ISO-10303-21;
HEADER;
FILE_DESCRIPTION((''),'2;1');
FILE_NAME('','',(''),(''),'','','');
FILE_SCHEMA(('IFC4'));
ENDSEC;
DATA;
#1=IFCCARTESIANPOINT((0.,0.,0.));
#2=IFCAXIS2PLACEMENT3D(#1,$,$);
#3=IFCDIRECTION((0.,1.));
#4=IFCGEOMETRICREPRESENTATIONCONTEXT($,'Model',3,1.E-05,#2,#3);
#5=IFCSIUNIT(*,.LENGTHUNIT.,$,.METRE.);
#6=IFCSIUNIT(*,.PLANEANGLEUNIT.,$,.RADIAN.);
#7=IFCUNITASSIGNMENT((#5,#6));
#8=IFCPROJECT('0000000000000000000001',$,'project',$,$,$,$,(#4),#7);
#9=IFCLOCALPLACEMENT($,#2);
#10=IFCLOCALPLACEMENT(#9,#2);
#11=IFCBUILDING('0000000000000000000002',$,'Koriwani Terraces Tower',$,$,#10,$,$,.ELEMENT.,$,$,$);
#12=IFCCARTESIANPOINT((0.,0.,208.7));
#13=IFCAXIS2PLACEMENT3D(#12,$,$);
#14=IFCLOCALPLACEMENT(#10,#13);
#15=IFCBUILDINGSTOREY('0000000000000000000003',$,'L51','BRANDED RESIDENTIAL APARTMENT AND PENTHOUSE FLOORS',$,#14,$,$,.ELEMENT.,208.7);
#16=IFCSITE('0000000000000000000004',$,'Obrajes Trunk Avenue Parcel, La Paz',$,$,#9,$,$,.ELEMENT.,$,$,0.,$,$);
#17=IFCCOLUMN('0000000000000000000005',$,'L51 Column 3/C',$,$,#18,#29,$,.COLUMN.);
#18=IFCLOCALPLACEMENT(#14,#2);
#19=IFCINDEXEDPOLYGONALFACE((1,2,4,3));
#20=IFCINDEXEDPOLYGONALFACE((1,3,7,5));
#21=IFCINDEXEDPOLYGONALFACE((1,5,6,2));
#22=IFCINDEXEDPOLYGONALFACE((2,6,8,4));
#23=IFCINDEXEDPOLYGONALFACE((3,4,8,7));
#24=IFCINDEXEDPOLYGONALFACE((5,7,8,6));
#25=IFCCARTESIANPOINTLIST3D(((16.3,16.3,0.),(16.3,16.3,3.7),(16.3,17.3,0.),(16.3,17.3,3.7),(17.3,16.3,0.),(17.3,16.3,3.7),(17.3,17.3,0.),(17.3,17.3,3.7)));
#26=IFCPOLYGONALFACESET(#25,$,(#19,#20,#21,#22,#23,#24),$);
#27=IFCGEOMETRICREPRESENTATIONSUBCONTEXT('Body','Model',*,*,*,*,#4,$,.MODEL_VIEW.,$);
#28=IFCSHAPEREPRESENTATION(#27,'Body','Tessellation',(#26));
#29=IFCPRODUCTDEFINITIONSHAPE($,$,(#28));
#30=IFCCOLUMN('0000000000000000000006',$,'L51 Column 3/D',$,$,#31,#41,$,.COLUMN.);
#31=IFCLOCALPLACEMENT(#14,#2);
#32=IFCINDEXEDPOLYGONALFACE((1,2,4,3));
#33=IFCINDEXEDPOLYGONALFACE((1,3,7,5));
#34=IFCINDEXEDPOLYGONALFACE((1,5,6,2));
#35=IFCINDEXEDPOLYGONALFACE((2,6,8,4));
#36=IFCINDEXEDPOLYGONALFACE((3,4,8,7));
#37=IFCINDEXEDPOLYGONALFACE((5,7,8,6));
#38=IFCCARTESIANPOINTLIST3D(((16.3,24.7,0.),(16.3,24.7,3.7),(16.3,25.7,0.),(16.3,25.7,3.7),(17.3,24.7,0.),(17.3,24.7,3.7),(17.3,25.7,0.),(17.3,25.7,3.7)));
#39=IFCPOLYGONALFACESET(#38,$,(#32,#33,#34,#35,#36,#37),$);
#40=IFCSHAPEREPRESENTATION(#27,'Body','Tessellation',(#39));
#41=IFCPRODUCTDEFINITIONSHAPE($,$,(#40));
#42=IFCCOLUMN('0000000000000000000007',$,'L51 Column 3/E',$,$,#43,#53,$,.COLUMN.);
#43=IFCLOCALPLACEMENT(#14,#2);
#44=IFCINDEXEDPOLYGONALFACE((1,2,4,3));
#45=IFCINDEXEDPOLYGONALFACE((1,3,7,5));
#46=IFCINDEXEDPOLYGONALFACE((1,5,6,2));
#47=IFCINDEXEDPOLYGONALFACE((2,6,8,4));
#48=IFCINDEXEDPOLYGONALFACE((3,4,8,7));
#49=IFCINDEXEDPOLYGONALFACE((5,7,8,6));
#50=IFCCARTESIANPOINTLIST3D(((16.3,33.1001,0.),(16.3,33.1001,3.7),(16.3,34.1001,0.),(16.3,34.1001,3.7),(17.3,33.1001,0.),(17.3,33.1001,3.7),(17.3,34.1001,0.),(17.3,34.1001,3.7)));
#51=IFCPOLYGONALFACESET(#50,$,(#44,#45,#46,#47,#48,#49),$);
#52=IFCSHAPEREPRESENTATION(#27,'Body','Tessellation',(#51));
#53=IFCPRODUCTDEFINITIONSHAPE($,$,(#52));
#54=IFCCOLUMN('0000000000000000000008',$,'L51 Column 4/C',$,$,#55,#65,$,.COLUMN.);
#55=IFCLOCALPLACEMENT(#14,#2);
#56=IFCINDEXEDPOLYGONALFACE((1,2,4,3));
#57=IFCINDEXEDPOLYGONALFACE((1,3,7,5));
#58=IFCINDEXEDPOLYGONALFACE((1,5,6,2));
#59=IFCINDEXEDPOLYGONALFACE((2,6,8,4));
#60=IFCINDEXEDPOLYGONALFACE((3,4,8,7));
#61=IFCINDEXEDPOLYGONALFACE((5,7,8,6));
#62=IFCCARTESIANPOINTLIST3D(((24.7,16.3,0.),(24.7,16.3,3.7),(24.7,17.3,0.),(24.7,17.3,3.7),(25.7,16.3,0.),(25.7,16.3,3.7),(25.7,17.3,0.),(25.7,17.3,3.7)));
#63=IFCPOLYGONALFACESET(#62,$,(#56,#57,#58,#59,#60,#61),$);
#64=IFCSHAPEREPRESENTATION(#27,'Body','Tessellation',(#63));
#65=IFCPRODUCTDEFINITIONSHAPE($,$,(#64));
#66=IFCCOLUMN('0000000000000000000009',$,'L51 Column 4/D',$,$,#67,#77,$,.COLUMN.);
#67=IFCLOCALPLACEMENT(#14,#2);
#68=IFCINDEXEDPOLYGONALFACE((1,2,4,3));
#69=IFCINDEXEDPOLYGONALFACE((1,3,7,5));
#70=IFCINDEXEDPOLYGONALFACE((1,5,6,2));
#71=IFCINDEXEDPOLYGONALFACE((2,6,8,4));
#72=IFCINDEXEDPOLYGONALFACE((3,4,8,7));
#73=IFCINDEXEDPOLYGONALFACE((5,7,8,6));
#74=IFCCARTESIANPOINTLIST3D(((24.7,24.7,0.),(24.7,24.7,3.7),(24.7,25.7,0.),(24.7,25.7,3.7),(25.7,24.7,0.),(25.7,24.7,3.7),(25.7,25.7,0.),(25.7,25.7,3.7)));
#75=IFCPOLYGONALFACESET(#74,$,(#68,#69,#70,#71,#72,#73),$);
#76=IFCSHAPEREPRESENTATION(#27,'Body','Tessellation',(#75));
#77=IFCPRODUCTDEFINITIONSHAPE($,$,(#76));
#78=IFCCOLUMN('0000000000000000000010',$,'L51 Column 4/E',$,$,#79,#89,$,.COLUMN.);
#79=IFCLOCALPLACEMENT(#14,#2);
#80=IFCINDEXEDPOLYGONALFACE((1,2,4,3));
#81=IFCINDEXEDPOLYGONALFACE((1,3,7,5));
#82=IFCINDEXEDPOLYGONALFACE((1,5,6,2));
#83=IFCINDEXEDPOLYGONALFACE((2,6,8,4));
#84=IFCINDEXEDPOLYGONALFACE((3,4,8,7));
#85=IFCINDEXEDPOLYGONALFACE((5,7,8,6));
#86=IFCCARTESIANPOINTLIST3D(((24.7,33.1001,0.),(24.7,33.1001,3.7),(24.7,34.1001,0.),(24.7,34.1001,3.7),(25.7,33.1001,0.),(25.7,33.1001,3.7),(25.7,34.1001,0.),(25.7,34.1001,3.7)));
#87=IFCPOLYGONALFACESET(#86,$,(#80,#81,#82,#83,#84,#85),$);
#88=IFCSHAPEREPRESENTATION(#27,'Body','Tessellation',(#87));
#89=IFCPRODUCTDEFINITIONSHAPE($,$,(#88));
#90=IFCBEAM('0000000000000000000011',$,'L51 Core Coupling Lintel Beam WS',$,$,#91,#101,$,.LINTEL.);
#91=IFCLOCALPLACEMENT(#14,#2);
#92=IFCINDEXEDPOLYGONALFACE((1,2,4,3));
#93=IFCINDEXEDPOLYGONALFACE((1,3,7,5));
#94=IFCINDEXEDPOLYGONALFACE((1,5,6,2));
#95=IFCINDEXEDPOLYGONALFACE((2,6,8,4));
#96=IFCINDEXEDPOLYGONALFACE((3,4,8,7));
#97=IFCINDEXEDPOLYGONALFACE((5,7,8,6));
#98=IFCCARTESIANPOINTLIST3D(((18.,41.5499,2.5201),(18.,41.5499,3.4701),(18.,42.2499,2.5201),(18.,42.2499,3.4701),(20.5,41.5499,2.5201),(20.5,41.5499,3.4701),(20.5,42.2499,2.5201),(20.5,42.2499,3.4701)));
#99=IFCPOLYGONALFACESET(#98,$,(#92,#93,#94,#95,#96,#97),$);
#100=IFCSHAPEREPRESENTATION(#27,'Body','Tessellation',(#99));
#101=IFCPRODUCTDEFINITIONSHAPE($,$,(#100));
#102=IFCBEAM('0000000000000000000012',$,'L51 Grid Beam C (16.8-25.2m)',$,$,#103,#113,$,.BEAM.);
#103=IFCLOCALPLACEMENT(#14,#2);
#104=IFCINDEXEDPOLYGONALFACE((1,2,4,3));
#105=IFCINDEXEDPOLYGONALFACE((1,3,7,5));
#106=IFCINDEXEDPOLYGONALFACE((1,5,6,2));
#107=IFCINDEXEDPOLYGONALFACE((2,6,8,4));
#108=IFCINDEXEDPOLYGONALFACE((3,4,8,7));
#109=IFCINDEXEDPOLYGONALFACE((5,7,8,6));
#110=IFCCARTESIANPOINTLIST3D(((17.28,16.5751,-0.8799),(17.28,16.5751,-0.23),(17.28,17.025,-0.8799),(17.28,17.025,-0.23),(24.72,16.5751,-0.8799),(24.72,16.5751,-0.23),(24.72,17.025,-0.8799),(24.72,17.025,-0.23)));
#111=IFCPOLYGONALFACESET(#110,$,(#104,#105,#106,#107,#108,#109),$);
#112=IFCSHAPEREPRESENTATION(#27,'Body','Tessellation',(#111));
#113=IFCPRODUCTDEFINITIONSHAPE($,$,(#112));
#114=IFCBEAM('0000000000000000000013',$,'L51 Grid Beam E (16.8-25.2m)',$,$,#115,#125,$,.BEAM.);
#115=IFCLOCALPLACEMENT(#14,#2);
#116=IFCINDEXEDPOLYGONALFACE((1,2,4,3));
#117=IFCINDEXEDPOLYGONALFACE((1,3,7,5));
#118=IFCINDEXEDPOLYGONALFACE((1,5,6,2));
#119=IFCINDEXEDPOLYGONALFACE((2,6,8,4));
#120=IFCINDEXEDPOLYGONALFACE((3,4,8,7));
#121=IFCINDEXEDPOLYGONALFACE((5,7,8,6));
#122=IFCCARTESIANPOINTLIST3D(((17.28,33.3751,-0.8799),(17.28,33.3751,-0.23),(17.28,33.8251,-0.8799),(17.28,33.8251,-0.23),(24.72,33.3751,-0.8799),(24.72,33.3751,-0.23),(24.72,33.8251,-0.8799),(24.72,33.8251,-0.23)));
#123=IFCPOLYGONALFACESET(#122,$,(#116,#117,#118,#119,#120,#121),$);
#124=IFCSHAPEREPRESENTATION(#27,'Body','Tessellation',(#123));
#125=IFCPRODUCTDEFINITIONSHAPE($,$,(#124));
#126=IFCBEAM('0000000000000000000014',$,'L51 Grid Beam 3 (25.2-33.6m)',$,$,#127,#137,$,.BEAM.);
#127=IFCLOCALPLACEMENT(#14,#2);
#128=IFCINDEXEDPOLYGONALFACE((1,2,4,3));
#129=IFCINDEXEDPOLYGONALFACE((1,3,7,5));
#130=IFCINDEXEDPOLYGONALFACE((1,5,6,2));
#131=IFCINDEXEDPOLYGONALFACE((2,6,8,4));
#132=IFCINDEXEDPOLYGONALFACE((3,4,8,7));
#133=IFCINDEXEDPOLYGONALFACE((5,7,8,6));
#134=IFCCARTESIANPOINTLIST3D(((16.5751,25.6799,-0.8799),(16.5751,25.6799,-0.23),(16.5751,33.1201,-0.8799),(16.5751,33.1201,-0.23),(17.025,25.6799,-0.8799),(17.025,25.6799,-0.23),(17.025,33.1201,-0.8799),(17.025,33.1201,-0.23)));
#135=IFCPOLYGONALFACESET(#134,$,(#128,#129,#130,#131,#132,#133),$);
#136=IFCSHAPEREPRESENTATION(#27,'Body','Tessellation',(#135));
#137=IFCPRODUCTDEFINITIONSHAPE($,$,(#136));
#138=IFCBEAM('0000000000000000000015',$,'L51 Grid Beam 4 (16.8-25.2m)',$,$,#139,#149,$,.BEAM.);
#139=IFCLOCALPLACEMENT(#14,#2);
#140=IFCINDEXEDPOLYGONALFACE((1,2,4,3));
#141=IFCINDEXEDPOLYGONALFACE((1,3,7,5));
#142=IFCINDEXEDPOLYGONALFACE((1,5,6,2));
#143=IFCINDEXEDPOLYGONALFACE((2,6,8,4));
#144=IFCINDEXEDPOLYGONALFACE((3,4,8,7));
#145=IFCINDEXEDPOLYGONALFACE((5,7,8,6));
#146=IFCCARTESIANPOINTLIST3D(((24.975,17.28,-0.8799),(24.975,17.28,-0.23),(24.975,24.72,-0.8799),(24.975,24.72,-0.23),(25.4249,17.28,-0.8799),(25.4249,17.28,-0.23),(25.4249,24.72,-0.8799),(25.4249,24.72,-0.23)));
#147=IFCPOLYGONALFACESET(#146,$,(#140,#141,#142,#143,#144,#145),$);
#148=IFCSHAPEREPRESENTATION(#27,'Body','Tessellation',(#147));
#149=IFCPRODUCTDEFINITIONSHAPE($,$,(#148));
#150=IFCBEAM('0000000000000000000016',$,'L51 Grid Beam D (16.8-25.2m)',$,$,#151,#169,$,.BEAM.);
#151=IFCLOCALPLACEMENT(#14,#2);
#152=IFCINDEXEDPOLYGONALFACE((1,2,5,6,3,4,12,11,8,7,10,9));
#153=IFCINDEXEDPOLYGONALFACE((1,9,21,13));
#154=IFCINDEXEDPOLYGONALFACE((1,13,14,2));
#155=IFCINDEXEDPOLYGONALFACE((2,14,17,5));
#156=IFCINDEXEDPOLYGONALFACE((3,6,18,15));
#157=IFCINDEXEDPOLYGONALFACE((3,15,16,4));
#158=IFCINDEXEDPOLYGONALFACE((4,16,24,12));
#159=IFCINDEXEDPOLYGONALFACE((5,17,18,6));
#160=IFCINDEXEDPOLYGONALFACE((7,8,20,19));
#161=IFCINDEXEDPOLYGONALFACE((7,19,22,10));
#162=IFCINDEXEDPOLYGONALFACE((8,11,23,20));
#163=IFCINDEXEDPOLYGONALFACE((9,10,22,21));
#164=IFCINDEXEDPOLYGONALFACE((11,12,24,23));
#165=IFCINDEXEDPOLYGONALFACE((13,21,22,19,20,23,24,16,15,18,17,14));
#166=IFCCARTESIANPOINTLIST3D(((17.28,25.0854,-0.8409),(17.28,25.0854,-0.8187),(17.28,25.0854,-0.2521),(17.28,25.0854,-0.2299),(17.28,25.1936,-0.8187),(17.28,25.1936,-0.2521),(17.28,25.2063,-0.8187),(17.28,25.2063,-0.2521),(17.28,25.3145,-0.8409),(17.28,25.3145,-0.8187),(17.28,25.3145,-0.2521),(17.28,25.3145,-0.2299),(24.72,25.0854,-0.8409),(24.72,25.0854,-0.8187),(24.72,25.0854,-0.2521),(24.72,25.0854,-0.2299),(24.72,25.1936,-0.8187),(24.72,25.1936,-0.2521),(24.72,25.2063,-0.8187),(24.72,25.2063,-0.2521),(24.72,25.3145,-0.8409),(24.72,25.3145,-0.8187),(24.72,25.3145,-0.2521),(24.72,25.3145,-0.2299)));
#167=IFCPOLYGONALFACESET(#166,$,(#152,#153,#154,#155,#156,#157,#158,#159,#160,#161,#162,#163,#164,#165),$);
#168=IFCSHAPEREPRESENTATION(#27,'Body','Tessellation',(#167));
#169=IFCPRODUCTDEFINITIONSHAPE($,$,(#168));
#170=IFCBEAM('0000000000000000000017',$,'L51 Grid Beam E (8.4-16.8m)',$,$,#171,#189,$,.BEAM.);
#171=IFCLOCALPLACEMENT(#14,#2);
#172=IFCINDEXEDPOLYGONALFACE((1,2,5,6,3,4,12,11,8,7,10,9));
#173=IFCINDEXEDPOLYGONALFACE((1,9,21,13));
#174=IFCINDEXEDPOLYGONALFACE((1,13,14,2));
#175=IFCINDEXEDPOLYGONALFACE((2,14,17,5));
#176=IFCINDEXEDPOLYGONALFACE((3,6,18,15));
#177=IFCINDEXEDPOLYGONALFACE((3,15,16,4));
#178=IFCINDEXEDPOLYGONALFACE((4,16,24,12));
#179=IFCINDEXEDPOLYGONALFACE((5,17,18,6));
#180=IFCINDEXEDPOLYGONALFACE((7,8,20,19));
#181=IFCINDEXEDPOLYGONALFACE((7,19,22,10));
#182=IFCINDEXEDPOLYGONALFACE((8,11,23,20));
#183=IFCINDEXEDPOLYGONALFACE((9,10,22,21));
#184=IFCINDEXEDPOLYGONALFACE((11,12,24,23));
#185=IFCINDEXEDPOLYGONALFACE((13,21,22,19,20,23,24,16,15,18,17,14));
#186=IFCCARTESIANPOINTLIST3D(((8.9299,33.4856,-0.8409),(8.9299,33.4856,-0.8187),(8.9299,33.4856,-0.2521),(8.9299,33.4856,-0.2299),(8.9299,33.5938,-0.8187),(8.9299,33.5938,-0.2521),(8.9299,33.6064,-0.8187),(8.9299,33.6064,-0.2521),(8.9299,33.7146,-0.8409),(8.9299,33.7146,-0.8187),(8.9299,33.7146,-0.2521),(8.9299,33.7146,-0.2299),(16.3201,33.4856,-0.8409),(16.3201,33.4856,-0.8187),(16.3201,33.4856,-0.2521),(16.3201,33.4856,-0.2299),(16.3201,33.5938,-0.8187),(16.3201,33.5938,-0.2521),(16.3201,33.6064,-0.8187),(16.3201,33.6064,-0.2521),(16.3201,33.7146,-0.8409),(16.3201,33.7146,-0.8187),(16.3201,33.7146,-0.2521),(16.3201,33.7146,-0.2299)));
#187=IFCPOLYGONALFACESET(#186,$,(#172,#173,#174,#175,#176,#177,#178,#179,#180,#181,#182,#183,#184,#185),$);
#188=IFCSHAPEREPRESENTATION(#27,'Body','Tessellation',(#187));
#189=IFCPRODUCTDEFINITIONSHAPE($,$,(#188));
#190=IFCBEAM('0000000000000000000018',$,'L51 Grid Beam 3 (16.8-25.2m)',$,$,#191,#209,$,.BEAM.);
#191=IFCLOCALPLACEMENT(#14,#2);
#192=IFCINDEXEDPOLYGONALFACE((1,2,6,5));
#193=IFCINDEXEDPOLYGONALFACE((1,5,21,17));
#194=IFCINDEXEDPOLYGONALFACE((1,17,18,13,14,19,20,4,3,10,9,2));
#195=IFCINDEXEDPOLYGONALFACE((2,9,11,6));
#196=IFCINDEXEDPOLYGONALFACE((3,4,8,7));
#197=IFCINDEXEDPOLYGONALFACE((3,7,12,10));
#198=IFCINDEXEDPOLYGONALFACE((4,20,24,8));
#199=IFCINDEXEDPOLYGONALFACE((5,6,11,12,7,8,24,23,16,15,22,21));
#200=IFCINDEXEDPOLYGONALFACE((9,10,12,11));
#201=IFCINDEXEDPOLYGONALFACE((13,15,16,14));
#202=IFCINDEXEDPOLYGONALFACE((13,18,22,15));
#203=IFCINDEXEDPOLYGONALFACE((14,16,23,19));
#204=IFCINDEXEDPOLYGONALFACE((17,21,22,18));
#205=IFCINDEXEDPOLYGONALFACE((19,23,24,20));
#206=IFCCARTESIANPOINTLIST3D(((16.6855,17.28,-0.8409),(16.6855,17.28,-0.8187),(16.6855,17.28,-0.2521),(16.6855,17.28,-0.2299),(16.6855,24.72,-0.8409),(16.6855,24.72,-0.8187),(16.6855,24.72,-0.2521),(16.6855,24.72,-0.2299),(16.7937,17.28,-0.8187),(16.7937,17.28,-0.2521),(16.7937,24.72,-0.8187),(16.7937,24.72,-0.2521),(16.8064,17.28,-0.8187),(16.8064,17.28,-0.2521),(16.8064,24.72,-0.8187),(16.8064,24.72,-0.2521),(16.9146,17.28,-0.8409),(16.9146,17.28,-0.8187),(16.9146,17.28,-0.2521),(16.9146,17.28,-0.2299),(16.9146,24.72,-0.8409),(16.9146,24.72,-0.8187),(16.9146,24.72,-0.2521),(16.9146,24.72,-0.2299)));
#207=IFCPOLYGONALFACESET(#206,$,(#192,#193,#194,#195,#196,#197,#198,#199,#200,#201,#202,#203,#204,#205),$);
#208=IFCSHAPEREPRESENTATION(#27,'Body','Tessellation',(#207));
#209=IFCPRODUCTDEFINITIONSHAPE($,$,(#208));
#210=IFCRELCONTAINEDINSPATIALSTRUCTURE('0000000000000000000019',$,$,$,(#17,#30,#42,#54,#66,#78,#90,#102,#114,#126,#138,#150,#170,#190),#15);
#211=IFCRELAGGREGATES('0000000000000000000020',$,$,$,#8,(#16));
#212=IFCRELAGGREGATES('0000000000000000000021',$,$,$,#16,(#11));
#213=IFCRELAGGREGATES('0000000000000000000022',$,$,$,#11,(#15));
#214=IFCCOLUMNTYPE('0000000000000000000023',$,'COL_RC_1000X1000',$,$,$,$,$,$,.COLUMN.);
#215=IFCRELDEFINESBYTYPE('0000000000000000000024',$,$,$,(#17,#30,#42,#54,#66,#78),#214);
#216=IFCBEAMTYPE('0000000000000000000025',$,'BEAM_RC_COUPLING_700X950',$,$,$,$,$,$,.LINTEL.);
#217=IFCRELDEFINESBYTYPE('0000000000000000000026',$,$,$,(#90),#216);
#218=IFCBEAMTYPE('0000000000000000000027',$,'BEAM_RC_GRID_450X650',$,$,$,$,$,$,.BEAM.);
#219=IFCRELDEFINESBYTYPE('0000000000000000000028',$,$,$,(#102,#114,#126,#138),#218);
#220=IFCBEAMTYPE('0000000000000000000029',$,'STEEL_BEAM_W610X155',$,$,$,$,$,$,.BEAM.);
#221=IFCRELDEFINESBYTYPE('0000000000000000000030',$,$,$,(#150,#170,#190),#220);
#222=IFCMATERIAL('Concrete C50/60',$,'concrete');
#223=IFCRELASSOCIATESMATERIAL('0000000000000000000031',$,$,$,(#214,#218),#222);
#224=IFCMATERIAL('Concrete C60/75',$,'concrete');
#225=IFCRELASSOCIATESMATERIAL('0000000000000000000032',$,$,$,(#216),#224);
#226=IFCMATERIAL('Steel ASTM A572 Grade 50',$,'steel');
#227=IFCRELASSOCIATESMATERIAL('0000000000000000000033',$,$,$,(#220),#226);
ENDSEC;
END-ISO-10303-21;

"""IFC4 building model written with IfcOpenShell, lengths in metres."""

from ifc_helpers import new_model, si_unit, direction, frame, origin, origin_2d, place, context, subcontext, project, spatial, rectangle, i_section, extrude, material, material_profile, profile_set, type_object, element, save


model = new_model("IFC4")

# Units and contexts
model_context = context("Model", 3, precision=1e-05, world=origin(), true_north=direction((0.0, 1.0)))
body_context = subcontext(model_context, "Body", "Model", "MODEL_VIEW")
ifc_project = project(units=[si_unit("LENGTHUNIT", "METRE"), si_unit("PLANEANGLEUNIT", "RADIAN")], contexts=[model_context])

# Site, building, storey
site_placement = place(None, origin())
site = spatial("IfcSite", under=ifc_project, at=site_placement, Name="Obrajes Trunk Avenue Parcel, La Paz", CompositionType="ELEMENT", RefElevation=0.0)
building_placement = place(site_placement, origin())
building = spatial("IfcBuilding", under=site, at=building_placement, Name="Koriwani Terraces Tower", CompositionType="ELEMENT")
storey_placement = place(building_placement, frame((0.0, 0.0, 208.7)))
storey = spatial("IfcBuildingStorey", under=building, at=storey_placement, Name="L51", Description="BRANDED RESIDENTIAL APARTMENT AND PENTHOUSE FLOORS", CompositionType="ELEMENT", Elevation=208.7)

# Columns
ifc_material_1 = material(Name="Concrete C50/60", Category="concrete")
ifc_material_profile_1 = material_profile(ifc_material_1, rectangle(XDim=1.0, YDim=1.0, at=origin_2d()), Name="Concrete C50/60", Category="LoadBearing")
ifc_profile_set_1 = profile_set([ifc_material_profile_1], Name="Concrete C50/60")
column_type = type_object("IfcColumnType", Name="COL_RC_1000X1000", PredefinedType="COLUMN", material=ifc_profile_set_1)
for number, where, z_axis, x_axis, name in (
    (1, (16.8, 16.8, 0.0), (0.0, 0.0, 1.0), (1.0, 0.0, 0.0), "L51 Column 3/C"),
    (2, (16.8, 25.2, 0.0), (0.0, 0.0, 1.0), (1.0, 0.0, 0.0), "L51 Column 3/D"),
    (3, (16.8, 33.6001, 0.0), (0.0, 0.0, 1.0), (1.0, 0.0, 0.0), "L51 Column 3/E"),
    (4, (25.2, 16.8, 0.0), (0.0, 0.0, 1.0), (1.0, 0.0, 0.0), "L51 Column 4/C"),
    (5, (25.2, 25.2, 0.0), (0.0, 0.0, 1.0), (1.0, 0.0, 0.0), "L51 Column 4/D"),
    (6, (25.2, 33.6001, 0.0), (0.0, 0.0, 1.0), (1.0, 0.0, 0.0), "L51 Column 4/E"),
):
    element("IfcColumn", number, at=place(storey_placement, frame(where, z_axis=z_axis, x_axis=x_axis)), inside=storey, type_object=column_type, Name=name, PredefinedType="COLUMN", context=body_context, shape_type="SweptSolid", body=[
        extrude(rectangle(XDim=1.0, YDim=1.0, at=origin_2d()), origin(), (0.0, 0.0, 1.0), 3.7),
    ])

# Beams
ifc_material_2 = material(Name="Concrete C60/75", Category="concrete")
ifc_material_profile_2 = material_profile(ifc_material_2, rectangle(XDim=0.7, YDim=0.95, at=origin_2d()), Name="Concrete C60/75", Category="LoadBearing")
ifc_profile_set_2 = profile_set([ifc_material_profile_2], Name="Concrete C60/75")
beam_type_1 = type_object("IfcBeamType", Name="BEAM_RC_COUPLING_700X950", PredefinedType="LINTEL", material=ifc_profile_set_2)
beam_1_placement = place(storey_placement, frame((18.0, 41.8999, 2.9951), z_axis=(1.0, 0.0, 0.0), x_axis=(0.0, 1.0, 0.0)))
element("IfcBeam", 7, at=beam_1_placement, inside=storey, type_object=beam_type_1, Name="L51 Core Coupling Lintel Beam WS", PredefinedType="LINTEL", context=body_context, shape_type="SweptSolid", body=[
    extrude(rectangle(XDim=0.7, YDim=0.95, at=origin_2d()), origin(), (0.0, 0.0, 1.0), 2.5),
])
ifc_material_profile_3 = material_profile(ifc_material_1, rectangle(XDim=0.45, YDim=0.6499, at=origin_2d()), Name="Concrete C50/60", Category="LoadBearing")
ifc_profile_set_3 = profile_set([ifc_material_profile_3], Name="Concrete C50/60")
beam_type_2 = type_object("IfcBeamType", Name="BEAM_RC_GRID_450X650", PredefinedType="BEAM", material=ifc_profile_set_3)
for number, where, z_axis, x_axis, name in (
    (8, (17.28, 16.8, -0.5549), (1.0, 0.0, 0.0), (0.0, 1.0, 0.0), "L51 Grid Beam C (16.8-25.2m)"),
    (9, (17.28, 33.6001, -0.5549), (1.0, 0.0, 0.0), (0.0, 1.0, 0.0), "L51 Grid Beam E (16.8-25.2m)"),
):
    element("IfcBeam", number, at=place(storey_placement, frame(where, z_axis=z_axis, x_axis=x_axis)), inside=storey, type_object=beam_type_2, Name=name, PredefinedType="BEAM", context=body_context, shape_type="SweptSolid", body=[
        extrude(rectangle(XDim=0.45, YDim=0.6499, at=origin_2d()), origin(), (0.0, 0.0, 1.0), 7.4399),
    ])
beam_2_placement = place(storey_placement, frame((16.8, 25.6799, -0.5549), z_axis=(0.0, 1.0, 0.0), x_axis=(-1.0, 0.0, 0.0)))
element("IfcBeam", 10, at=beam_2_placement, inside=storey, type_object=beam_type_2, Name="L51 Grid Beam 3 (25.2-33.6m)", PredefinedType="BEAM", context=body_context, shape_type="SweptSolid", body=[
    extrude(rectangle(XDim=0.45, YDim=0.6499, at=origin_2d()), origin(), (0.0, 0.0, 1.0), 7.4402),
])
beam_3_placement = place(storey_placement, frame((25.2, 17.28, -0.5549), z_axis=(0.0, 1.0, 0.0), x_axis=(-1.0, 0.0, 0.0)))
element("IfcBeam", 11, at=beam_3_placement, inside=storey, type_object=beam_type_2, Name="L51 Grid Beam 4 (16.8-25.2m)", PredefinedType="BEAM", context=body_context, shape_type="SweptSolid", body=[
    extrude(rectangle(XDim=0.45, YDim=0.6499, at=origin_2d()), origin(), (0.0, 0.0, 1.0), 7.4399),
])
ifc_material_3 = material(Name="Steel ASTM A572 Grade 50", Category="steel")
ifc_material_profile_4 = material_profile(ifc_material_3, i_section(OverallWidth=0.229, OverallDepth=0.6111, WebThickness=0.0127, FlangeThickness=0.0222, at=origin_2d()), Name="Steel ASTM A572 Grade 50", Category="LoadBearing")
ifc_profile_set_4 = profile_set([ifc_material_profile_4], Name="Steel ASTM A572 Grade 50")
beam_type_3 = type_object("IfcBeamType", Name="STEEL_BEAM_W610X155", PredefinedType="BEAM", material=ifc_profile_set_4)
beam_4_placement = place(storey_placement, frame((17.28, 25.2, -0.5354), z_axis=(1.0, 0.0, 0.0), x_axis=(0.0, 1.0, 0.0)))
element("IfcBeam", 12, at=beam_4_placement, inside=storey, type_object=beam_type_3, Name="L51 Grid Beam D (16.8-25.2m)", PredefinedType="BEAM", context=body_context, shape_type="SweptSolid", body=[
    extrude(i_section(OverallWidth=0.229, OverallDepth=0.6111, WebThickness=0.0127, FlangeThickness=0.0222, at=origin_2d()), origin(), (0.0, 0.0, 1.0), 7.4399),
])
beam_5_placement = place(storey_placement, frame((8.9299, 33.6001, -0.5354), z_axis=(1.0, 0.0, 0.0), x_axis=(0.0, 1.0, 0.0)))
element("IfcBeam", 13, at=beam_5_placement, inside=storey, type_object=beam_type_3, Name="L51 Grid Beam E (8.4-16.8m)", PredefinedType="BEAM", context=body_context, shape_type="SweptSolid", body=[
    extrude(i_section(OverallWidth=0.229, OverallDepth=0.6111, WebThickness=0.0127, FlangeThickness=0.0222, at=origin_2d()), origin(), (0.0, 0.0, 1.0), 7.3901),
])
beam_6_placement = place(storey_placement, frame((16.8, 17.28, -0.5354), z_axis=(0.0, 1.0, 0.0), x_axis=(-1.0, 0.0, 0.0)))
element("IfcBeam", 14, at=beam_6_placement, inside=storey, type_object=beam_type_3, Name="L51 Grid Beam 3 (16.8-25.2m)", PredefinedType="BEAM", context=body_context, shape_type="SweptSolid", body=[
    extrude(i_section(OverallWidth=0.229, OverallDepth=0.6111, WebThickness=0.0127, FlangeThickness=0.0222, at=origin_2d()), origin(), (0.0, 0.0, 1.0), 7.4399),
])

save(model, "model.ifc")
